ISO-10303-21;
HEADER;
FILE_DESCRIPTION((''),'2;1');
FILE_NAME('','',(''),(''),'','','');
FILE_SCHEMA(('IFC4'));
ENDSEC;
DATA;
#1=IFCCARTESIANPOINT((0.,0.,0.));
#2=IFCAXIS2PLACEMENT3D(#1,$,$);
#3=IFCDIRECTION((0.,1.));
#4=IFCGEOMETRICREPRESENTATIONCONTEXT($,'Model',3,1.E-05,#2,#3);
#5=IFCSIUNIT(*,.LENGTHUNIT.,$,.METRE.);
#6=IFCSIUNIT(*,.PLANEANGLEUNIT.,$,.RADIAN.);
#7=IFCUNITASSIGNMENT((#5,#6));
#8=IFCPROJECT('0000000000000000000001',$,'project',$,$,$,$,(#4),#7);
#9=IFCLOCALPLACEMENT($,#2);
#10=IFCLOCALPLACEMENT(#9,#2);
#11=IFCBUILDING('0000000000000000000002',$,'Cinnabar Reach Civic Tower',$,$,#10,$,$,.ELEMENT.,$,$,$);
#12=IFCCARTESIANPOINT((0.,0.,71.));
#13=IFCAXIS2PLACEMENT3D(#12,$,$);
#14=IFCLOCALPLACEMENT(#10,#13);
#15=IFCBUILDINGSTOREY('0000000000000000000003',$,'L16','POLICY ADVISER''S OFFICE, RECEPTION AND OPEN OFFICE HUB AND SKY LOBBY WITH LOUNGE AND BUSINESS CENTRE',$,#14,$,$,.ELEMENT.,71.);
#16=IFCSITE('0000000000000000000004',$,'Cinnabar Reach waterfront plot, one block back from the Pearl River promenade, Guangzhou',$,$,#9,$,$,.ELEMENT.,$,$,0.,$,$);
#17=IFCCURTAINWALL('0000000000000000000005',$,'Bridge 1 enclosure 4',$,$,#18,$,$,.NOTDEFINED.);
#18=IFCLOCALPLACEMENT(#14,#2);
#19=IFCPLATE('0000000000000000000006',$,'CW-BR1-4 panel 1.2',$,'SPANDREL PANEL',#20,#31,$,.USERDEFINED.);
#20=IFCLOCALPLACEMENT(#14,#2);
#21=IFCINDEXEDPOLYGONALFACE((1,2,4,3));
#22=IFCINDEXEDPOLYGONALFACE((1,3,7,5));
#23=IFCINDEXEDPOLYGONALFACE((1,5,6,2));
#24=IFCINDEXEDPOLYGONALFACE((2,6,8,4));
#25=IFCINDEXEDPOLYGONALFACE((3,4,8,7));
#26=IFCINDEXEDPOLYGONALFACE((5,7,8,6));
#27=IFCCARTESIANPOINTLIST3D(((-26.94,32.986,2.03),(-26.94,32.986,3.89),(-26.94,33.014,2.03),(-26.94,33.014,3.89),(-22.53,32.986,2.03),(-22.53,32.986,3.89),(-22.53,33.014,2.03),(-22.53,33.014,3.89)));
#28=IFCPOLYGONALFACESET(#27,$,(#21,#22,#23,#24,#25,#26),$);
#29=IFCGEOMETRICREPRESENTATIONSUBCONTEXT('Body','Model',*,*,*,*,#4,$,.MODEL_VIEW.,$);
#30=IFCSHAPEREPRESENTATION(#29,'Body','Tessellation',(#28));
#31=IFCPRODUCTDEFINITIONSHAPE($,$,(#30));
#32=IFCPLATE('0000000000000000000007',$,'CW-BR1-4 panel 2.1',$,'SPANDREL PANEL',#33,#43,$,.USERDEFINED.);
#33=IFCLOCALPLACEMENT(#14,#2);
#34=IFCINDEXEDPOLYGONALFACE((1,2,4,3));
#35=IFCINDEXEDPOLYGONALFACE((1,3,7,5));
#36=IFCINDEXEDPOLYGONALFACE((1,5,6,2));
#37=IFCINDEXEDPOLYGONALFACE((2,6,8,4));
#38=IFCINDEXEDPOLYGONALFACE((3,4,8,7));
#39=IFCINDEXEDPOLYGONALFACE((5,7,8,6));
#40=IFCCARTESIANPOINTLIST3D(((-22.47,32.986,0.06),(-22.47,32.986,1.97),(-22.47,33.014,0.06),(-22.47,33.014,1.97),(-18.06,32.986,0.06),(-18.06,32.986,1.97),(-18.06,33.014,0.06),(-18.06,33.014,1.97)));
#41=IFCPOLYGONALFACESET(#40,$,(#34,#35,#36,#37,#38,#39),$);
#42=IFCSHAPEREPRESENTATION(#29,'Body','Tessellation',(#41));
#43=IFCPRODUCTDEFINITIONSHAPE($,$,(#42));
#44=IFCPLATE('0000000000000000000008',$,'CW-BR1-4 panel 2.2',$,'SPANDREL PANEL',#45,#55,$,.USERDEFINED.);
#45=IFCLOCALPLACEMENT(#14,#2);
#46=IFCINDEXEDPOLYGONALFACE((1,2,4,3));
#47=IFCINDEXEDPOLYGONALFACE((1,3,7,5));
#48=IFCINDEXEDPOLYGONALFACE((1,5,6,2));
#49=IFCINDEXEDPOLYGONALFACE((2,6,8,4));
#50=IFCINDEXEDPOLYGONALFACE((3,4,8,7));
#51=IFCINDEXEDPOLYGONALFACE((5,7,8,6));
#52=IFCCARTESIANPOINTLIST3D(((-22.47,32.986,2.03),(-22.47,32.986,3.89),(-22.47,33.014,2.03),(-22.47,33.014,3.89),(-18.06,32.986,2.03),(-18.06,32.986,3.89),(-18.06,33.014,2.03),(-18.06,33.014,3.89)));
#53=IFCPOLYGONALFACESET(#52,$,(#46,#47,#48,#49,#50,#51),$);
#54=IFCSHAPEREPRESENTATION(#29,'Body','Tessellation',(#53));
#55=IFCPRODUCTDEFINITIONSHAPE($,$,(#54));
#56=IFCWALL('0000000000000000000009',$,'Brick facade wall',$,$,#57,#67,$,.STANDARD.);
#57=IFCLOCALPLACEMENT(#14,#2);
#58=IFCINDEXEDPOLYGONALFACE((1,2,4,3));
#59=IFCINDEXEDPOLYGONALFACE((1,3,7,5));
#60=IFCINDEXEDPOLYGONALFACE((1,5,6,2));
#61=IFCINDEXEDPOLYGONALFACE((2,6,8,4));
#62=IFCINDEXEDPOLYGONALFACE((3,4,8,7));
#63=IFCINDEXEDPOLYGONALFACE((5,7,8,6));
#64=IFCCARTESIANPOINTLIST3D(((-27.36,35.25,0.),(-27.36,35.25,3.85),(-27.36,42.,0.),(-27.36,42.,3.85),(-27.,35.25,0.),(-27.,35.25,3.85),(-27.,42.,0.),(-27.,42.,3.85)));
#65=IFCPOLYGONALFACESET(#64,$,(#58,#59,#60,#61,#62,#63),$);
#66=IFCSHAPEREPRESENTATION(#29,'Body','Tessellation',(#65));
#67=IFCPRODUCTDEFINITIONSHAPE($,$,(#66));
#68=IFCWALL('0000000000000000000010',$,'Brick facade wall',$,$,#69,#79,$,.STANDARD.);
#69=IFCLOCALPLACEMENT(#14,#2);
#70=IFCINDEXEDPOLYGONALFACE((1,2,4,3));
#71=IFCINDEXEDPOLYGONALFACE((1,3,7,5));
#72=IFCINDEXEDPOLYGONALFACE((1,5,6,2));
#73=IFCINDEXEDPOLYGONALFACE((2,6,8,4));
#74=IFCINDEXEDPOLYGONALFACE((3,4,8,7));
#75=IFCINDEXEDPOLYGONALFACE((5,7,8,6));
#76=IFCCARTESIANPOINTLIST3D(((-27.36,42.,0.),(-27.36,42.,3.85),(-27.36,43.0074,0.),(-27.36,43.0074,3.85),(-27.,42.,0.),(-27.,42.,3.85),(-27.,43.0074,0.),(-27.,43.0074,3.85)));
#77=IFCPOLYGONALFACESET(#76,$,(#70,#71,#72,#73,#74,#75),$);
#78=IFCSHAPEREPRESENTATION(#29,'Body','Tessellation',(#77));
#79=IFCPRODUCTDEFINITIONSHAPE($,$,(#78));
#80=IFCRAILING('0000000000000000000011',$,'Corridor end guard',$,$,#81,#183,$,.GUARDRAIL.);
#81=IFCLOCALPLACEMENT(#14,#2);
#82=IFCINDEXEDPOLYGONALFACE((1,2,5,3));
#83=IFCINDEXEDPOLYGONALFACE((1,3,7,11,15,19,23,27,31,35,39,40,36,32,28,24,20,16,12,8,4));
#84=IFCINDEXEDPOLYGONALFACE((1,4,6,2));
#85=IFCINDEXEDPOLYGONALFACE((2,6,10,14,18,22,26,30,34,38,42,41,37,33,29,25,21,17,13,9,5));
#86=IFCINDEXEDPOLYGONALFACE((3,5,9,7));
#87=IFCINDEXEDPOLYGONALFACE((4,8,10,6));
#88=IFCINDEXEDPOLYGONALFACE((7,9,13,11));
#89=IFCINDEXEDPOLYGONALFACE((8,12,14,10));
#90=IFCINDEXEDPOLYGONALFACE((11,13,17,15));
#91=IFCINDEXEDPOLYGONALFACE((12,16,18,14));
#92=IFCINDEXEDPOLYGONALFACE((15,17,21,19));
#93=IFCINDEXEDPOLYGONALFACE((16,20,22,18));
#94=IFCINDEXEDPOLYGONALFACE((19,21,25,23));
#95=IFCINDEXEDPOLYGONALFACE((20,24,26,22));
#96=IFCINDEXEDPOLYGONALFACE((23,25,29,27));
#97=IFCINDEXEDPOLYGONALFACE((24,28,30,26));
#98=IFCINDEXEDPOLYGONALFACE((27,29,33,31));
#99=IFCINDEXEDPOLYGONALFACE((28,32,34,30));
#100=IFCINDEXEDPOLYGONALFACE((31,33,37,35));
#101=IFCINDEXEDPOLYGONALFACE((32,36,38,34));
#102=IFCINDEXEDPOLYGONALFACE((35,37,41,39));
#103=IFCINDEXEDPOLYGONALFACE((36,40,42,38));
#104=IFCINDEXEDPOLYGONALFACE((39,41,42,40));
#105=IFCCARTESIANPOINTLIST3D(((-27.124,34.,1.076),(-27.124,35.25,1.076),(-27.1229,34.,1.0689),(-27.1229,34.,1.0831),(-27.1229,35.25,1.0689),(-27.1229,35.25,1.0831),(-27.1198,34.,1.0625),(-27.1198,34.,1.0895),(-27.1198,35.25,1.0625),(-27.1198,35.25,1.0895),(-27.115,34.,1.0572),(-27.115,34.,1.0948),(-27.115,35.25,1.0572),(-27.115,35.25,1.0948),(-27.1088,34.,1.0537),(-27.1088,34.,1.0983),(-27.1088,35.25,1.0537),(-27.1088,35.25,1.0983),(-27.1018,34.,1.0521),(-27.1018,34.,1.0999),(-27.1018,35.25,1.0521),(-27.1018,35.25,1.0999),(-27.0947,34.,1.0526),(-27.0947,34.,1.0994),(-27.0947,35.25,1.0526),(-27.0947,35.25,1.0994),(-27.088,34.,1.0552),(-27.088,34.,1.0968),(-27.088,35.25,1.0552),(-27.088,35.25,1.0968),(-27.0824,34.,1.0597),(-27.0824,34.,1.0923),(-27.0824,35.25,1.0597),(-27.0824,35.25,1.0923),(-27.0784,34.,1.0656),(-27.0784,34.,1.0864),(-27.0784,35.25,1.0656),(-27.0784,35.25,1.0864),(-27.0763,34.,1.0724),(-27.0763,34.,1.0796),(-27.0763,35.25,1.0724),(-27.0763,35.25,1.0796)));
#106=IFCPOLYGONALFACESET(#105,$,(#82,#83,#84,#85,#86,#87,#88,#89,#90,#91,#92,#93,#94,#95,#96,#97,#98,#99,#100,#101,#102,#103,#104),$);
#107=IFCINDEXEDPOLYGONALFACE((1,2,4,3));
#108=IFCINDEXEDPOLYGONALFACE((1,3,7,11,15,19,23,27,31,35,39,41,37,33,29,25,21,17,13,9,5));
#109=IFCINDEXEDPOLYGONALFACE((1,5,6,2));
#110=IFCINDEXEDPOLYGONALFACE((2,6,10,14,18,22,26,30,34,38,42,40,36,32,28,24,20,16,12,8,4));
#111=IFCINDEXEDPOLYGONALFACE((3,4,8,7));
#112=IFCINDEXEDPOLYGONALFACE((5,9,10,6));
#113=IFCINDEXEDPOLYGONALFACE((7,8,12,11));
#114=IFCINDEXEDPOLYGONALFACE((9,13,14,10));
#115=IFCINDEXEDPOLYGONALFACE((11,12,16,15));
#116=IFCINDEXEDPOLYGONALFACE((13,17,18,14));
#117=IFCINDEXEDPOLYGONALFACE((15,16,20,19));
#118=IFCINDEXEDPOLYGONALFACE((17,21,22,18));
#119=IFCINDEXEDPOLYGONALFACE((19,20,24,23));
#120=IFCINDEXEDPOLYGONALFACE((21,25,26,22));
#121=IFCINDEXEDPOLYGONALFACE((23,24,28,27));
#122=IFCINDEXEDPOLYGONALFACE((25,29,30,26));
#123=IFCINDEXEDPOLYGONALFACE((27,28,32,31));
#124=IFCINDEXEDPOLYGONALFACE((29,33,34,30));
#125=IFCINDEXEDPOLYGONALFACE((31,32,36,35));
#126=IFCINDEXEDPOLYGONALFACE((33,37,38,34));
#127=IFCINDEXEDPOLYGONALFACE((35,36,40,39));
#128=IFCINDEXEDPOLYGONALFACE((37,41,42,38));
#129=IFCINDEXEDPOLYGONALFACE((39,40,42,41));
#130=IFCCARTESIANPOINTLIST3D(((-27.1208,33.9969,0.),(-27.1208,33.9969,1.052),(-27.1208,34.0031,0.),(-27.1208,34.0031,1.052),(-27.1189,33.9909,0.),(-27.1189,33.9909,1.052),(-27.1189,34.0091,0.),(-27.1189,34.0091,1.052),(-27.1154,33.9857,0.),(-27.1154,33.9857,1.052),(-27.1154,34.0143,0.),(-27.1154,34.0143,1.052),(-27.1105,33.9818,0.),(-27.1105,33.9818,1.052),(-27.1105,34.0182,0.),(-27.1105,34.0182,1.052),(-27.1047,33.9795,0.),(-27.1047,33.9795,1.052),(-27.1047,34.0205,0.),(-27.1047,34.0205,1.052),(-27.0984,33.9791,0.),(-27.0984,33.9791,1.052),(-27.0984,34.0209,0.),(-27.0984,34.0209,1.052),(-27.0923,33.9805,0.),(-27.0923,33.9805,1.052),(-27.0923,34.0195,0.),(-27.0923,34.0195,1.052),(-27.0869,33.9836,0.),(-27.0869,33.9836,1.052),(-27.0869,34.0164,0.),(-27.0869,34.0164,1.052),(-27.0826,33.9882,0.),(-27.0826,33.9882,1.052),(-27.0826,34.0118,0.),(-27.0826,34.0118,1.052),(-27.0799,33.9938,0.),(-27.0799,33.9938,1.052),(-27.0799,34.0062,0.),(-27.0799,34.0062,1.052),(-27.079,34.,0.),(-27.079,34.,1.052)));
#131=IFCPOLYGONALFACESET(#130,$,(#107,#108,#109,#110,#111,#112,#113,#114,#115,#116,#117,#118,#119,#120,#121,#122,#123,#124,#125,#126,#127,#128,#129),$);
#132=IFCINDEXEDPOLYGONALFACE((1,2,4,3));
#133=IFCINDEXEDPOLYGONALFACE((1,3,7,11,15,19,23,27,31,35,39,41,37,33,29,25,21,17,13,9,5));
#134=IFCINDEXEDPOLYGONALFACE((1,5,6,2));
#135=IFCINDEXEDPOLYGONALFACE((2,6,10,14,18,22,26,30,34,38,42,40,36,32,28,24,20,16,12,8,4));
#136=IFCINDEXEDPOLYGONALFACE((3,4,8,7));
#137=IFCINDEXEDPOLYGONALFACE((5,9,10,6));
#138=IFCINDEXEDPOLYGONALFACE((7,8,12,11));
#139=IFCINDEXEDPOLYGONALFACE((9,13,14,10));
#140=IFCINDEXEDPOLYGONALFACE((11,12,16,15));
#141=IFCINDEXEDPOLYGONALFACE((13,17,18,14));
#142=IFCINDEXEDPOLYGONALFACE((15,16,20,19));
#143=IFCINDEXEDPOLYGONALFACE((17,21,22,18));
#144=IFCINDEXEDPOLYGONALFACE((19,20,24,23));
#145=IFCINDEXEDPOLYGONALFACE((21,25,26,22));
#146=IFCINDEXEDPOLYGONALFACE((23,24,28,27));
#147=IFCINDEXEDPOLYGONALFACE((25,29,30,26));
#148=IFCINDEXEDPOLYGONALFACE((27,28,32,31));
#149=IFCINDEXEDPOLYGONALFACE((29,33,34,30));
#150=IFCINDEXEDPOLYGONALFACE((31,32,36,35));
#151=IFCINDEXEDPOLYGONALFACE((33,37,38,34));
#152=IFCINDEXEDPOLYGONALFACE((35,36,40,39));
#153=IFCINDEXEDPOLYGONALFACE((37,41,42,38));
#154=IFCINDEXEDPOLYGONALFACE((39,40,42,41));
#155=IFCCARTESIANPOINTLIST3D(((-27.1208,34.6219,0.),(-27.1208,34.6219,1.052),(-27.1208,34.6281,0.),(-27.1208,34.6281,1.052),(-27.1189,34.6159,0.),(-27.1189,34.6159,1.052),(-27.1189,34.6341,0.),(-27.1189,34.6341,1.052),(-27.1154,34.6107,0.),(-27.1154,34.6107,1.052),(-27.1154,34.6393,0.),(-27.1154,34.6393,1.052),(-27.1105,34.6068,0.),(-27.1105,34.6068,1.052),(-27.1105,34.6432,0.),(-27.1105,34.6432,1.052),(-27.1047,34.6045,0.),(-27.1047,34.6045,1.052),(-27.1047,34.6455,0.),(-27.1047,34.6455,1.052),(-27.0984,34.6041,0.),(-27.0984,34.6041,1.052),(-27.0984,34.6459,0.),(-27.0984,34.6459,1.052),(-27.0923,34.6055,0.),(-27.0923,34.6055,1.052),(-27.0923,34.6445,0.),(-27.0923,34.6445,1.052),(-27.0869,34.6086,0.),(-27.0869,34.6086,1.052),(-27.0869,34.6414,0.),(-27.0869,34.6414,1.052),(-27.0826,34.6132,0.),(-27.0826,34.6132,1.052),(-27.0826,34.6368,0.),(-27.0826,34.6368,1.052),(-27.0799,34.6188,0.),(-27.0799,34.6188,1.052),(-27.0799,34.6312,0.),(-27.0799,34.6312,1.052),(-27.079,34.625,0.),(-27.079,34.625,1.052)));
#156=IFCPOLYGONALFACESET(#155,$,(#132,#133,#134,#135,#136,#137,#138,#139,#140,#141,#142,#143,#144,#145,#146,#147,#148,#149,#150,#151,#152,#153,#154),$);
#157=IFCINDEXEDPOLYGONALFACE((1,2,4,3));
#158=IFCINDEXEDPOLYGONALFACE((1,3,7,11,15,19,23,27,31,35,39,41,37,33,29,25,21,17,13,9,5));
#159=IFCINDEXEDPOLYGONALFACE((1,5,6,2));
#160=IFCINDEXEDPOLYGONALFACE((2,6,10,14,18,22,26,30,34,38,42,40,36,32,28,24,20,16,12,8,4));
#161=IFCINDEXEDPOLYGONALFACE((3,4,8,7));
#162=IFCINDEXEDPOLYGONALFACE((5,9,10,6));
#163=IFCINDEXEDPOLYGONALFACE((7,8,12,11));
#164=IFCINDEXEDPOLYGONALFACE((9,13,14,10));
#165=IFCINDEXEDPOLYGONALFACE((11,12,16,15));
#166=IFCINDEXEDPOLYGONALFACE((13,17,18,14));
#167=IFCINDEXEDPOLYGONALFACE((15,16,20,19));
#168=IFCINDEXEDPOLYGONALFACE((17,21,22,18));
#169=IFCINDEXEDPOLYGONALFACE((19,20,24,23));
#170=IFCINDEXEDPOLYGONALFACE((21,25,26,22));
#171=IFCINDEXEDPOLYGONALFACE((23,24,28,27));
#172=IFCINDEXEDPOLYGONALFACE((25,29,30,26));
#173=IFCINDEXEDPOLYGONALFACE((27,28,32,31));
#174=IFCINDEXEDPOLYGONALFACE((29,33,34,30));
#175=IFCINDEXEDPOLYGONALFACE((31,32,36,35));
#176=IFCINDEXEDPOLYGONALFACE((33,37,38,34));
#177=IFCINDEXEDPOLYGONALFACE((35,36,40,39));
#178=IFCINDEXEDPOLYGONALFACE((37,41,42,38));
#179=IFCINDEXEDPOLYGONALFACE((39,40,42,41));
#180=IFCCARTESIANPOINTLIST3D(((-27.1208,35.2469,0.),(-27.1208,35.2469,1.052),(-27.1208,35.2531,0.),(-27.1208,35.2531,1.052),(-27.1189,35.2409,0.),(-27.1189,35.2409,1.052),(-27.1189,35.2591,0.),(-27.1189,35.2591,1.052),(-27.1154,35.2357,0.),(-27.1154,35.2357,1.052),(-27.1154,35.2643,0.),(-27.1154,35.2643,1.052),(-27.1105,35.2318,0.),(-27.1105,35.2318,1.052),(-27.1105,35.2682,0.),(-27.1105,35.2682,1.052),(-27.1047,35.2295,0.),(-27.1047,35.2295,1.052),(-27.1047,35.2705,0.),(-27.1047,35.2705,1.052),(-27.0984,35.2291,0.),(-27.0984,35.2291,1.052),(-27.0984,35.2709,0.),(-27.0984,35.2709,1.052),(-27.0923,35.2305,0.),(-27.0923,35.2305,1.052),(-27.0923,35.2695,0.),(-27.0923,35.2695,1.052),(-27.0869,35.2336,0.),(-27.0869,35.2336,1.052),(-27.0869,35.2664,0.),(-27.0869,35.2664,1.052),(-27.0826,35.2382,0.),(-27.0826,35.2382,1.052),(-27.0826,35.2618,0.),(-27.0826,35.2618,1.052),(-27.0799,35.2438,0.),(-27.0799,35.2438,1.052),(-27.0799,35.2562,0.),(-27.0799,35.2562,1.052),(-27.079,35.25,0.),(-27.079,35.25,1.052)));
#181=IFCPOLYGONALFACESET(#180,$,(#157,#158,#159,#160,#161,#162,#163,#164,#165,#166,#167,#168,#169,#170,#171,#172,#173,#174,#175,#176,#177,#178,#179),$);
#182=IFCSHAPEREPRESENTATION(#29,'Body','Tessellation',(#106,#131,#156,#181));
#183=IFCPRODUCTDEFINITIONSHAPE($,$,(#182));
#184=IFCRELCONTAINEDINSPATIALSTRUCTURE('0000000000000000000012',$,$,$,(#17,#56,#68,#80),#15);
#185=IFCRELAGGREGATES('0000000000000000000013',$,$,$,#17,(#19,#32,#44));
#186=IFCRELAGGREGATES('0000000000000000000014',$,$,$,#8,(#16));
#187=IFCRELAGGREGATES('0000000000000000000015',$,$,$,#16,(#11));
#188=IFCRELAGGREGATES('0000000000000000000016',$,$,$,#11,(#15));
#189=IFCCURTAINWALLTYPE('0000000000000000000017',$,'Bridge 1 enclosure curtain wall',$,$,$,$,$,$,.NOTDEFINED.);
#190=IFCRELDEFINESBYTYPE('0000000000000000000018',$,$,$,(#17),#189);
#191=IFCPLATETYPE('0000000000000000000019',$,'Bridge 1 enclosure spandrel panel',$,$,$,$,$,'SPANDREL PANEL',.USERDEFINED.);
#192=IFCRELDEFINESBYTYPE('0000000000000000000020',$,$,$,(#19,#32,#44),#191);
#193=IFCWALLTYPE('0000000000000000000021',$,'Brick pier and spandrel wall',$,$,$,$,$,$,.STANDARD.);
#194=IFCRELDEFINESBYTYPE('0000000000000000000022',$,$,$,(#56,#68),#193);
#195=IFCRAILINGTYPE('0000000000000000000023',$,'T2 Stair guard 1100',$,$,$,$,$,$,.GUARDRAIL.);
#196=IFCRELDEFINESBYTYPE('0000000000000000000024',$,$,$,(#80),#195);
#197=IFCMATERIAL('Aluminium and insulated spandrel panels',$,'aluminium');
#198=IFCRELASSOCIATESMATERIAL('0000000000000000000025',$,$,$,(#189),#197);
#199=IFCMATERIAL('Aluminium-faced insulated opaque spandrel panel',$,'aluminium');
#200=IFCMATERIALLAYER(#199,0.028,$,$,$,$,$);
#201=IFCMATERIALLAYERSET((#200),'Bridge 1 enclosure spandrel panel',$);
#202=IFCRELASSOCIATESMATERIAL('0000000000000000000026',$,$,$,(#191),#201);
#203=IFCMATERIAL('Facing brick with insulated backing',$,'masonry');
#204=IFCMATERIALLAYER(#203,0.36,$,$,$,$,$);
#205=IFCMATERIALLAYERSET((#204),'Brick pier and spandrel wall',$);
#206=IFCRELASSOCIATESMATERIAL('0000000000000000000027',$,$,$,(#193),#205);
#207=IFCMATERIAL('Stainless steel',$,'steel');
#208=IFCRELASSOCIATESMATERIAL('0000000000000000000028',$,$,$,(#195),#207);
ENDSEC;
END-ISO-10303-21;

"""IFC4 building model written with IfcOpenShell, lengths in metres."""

from ifc_helpers import new_model, si_unit, direction, frame, frame_2d, origin, origin_2d, place, context, subcontext, project, spatial, rectangle, circle, extrude, material, layer, layer_set, type_object, element, aggregate, save


model = new_model("IFC4")

# Units and contexts
model_context = context("Model", 3, precision=1e-05, world=origin(), true_north=direction((0.0, 1.0)))
body_context = subcontext(model_context, "Body", "Model", "MODEL_VIEW")
ifc_project = project(units=[si_unit("LENGTHUNIT", "METRE"), si_unit("PLANEANGLEUNIT", "RADIAN")], contexts=[model_context])

# Site, building, storey
site_placement = place(None, origin())
site = spatial("IfcSite", under=ifc_project, at=site_placement, Name="Cinnabar Reach waterfront plot, one block back from the Pearl River promenade, Guangzhou", CompositionType="ELEMENT", RefElevation=0.0)
building_placement = place(site_placement, origin())
building = spatial("IfcBuilding", under=site, at=building_placement, Name="Cinnabar Reach Civic Tower", CompositionType="ELEMENT")
storey_placement = place(building_placement, frame((0.0, 0.0, 71.0)))
storey = spatial("IfcBuildingStorey", under=building, at=storey_placement, Name="L16", Description="POLICY ADVISER'S OFFICE, RECEPTION AND OPEN OFFICE HUB AND SKY LOBBY WITH LOUNGE AND BUSINESS CENTRE", CompositionType="ELEMENT", Elevation=71.0)

# Curtain wall
ifc_material_1 = material(Name="Aluminium and insulated spandrel panels", Category="aluminium")
curtain_wall_type = type_object("IfcCurtainWallType", Name="Bridge 1 enclosure curtain wall", PredefinedType="NOTDEFINED", material=ifc_material_1)
curtain_wall_placement = place(storey_placement, origin())
curtain_wall = element("IfcCurtainWall", 1, at=curtain_wall_placement, inside=storey, type_object=curtain_wall_type, Name="Bridge 1 enclosure 4", PredefinedType="NOTDEFINED")

# Plates
ifc_material_2 = material(Name="Aluminium-faced insulated opaque spandrel panel", Category="aluminium")
ifc_layer_1 = layer(ifc_material_2, 0.028)
ifc_layer_set_1 = layer_set([ifc_layer_1], Name="Bridge 1 enclosure spandrel panel")
plate_type = type_object("IfcPlateType", Name="Bridge 1 enclosure spandrel panel", ElementType="SPANDREL PANEL", PredefinedType="USERDEFINED", material=ifc_layer_set_1)
plate_1_placement = place(storey_placement, frame((-24.735, 33.0, 2.03), z_axis=(0.0, 0.0, 1.0), x_axis=(1.0, 0.0, 0.0)))
plate_1 = element("IfcPlate", 2, at=plate_1_placement, type_object=plate_type, Name="CW-BR1-4 panel 1.2", ObjectType="SPANDREL PANEL", PredefinedType="USERDEFINED", context=body_context, shape_type="SweptSolid", body=[
    extrude(rectangle(XDim=4.41, YDim=0.028, at=origin_2d()), origin(), (0.0, 0.0, 1.0), 1.86),
])
plate_2_placement = place(storey_placement, frame((-20.265, 33.0, 0.06), z_axis=(0.0, 0.0, 1.0), x_axis=(1.0, 0.0, 0.0)))
plate_2 = element("IfcPlate", 3, at=plate_2_placement, type_object=plate_type, Name="CW-BR1-4 panel 2.1", ObjectType="SPANDREL PANEL", PredefinedType="USERDEFINED", context=body_context, shape_type="SweptSolid", body=[
    extrude(rectangle(XDim=4.41, YDim=0.028, at=origin_2d()), origin(), (0.0, 0.0, 1.0), 1.91),
])
plate_3_placement = place(storey_placement, frame((-20.265, 33.0, 2.03), z_axis=(0.0, 0.0, 1.0), x_axis=(1.0, 0.0, 0.0)))
plate_3 = element("IfcPlate", 4, at=plate_3_placement, type_object=plate_type, Name="CW-BR1-4 panel 2.2", ObjectType="SPANDREL PANEL", PredefinedType="USERDEFINED", context=body_context, shape_type="SweptSolid", body=[
    extrude(rectangle(XDim=4.41, YDim=0.028, at=origin_2d()), origin(), (0.0, 0.0, 1.0), 1.86),
])
aggregate(curtain_wall, [plate_1, plate_2, plate_3])

# Walls
ifc_material_3 = material(Name="Facing brick with insulated backing", Category="masonry")
ifc_layer_2 = layer(ifc_material_3, 0.36)
ifc_layer_set_2 = layer_set([ifc_layer_2], Name="Brick pier and spandrel wall")
wall_type = type_object("IfcWallType", Name="Brick pier and spandrel wall", PredefinedType="STANDARD", material=ifc_layer_set_2)
wall_1_placement = place(storey_placement, frame((-27.18, 35.25, 0.0), z_axis=(0.0, 0.0, 1.0), x_axis=(0.0, 1.0, 0.0)))
element("IfcWall", 5, at=wall_1_placement, inside=storey, type_object=wall_type, Name="Brick facade wall", PredefinedType="STANDARD", context=body_context, shape_type="SweptSolid", body=[
    extrude(rectangle(XDim=6.75, YDim=0.36, at=frame_2d((3.375, 0.0))), origin(), (0.0, 0.0, 1.0), 3.85),
])
wall_2_placement = place(storey_placement, frame((-27.18, 42.0, 0.0), z_axis=(0.0, 0.0, 1.0), x_axis=(0.0, 1.0, 0.0)))
element("IfcWall", 6, at=wall_2_placement, inside=storey, type_object=wall_type, Name="Brick facade wall", PredefinedType="STANDARD", context=body_context, shape_type="SweptSolid", body=[
    extrude(rectangle(XDim=1.0074, YDim=0.36, at=frame_2d((0.5037, 0.0))), origin(), (0.0, 0.0, 1.0), 3.85),
])

# Railing
ifc_material_4 = material(Name="Stainless steel", Category="steel")
railing_type = type_object("IfcRailingType", Name="T2 Stair guard 1100", PredefinedType="GUARDRAIL", material=ifc_material_4)
railing_placement = place(storey_placement, frame((-27.1, 34.0, 0.0)))
element("IfcRailing", 7, at=railing_placement, inside=storey, type_object=railing_type, Name="Corridor end guard", PredefinedType="GUARDRAIL", context=body_context, shape_type="SweptSolid", body=[
    extrude(circle(Radius=0.024, at=origin_2d()), frame((0.0, 0.0, 1.076), z_axis=(0.0, 1.0, 0.0), x_axis=(-1.0, 0.0, 0.0)), (0.0, 0.0, 1.0), 1.25),
    extrude(circle(Radius=0.021, at=origin_2d()), origin(), (0.0, 0.0, 1.0), 1.052),
    extrude(circle(Radius=0.021, at=origin_2d()), frame((0.0, 0.625, 0.0)), (0.0, 0.0, 1.0), 1.052),
    extrude(circle(Radius=0.021, at=origin_2d()), frame((0.0, 1.25, 0.0)), (0.0, 0.0, 1.0), 1.052),
])

save(model, "model.ifc")
